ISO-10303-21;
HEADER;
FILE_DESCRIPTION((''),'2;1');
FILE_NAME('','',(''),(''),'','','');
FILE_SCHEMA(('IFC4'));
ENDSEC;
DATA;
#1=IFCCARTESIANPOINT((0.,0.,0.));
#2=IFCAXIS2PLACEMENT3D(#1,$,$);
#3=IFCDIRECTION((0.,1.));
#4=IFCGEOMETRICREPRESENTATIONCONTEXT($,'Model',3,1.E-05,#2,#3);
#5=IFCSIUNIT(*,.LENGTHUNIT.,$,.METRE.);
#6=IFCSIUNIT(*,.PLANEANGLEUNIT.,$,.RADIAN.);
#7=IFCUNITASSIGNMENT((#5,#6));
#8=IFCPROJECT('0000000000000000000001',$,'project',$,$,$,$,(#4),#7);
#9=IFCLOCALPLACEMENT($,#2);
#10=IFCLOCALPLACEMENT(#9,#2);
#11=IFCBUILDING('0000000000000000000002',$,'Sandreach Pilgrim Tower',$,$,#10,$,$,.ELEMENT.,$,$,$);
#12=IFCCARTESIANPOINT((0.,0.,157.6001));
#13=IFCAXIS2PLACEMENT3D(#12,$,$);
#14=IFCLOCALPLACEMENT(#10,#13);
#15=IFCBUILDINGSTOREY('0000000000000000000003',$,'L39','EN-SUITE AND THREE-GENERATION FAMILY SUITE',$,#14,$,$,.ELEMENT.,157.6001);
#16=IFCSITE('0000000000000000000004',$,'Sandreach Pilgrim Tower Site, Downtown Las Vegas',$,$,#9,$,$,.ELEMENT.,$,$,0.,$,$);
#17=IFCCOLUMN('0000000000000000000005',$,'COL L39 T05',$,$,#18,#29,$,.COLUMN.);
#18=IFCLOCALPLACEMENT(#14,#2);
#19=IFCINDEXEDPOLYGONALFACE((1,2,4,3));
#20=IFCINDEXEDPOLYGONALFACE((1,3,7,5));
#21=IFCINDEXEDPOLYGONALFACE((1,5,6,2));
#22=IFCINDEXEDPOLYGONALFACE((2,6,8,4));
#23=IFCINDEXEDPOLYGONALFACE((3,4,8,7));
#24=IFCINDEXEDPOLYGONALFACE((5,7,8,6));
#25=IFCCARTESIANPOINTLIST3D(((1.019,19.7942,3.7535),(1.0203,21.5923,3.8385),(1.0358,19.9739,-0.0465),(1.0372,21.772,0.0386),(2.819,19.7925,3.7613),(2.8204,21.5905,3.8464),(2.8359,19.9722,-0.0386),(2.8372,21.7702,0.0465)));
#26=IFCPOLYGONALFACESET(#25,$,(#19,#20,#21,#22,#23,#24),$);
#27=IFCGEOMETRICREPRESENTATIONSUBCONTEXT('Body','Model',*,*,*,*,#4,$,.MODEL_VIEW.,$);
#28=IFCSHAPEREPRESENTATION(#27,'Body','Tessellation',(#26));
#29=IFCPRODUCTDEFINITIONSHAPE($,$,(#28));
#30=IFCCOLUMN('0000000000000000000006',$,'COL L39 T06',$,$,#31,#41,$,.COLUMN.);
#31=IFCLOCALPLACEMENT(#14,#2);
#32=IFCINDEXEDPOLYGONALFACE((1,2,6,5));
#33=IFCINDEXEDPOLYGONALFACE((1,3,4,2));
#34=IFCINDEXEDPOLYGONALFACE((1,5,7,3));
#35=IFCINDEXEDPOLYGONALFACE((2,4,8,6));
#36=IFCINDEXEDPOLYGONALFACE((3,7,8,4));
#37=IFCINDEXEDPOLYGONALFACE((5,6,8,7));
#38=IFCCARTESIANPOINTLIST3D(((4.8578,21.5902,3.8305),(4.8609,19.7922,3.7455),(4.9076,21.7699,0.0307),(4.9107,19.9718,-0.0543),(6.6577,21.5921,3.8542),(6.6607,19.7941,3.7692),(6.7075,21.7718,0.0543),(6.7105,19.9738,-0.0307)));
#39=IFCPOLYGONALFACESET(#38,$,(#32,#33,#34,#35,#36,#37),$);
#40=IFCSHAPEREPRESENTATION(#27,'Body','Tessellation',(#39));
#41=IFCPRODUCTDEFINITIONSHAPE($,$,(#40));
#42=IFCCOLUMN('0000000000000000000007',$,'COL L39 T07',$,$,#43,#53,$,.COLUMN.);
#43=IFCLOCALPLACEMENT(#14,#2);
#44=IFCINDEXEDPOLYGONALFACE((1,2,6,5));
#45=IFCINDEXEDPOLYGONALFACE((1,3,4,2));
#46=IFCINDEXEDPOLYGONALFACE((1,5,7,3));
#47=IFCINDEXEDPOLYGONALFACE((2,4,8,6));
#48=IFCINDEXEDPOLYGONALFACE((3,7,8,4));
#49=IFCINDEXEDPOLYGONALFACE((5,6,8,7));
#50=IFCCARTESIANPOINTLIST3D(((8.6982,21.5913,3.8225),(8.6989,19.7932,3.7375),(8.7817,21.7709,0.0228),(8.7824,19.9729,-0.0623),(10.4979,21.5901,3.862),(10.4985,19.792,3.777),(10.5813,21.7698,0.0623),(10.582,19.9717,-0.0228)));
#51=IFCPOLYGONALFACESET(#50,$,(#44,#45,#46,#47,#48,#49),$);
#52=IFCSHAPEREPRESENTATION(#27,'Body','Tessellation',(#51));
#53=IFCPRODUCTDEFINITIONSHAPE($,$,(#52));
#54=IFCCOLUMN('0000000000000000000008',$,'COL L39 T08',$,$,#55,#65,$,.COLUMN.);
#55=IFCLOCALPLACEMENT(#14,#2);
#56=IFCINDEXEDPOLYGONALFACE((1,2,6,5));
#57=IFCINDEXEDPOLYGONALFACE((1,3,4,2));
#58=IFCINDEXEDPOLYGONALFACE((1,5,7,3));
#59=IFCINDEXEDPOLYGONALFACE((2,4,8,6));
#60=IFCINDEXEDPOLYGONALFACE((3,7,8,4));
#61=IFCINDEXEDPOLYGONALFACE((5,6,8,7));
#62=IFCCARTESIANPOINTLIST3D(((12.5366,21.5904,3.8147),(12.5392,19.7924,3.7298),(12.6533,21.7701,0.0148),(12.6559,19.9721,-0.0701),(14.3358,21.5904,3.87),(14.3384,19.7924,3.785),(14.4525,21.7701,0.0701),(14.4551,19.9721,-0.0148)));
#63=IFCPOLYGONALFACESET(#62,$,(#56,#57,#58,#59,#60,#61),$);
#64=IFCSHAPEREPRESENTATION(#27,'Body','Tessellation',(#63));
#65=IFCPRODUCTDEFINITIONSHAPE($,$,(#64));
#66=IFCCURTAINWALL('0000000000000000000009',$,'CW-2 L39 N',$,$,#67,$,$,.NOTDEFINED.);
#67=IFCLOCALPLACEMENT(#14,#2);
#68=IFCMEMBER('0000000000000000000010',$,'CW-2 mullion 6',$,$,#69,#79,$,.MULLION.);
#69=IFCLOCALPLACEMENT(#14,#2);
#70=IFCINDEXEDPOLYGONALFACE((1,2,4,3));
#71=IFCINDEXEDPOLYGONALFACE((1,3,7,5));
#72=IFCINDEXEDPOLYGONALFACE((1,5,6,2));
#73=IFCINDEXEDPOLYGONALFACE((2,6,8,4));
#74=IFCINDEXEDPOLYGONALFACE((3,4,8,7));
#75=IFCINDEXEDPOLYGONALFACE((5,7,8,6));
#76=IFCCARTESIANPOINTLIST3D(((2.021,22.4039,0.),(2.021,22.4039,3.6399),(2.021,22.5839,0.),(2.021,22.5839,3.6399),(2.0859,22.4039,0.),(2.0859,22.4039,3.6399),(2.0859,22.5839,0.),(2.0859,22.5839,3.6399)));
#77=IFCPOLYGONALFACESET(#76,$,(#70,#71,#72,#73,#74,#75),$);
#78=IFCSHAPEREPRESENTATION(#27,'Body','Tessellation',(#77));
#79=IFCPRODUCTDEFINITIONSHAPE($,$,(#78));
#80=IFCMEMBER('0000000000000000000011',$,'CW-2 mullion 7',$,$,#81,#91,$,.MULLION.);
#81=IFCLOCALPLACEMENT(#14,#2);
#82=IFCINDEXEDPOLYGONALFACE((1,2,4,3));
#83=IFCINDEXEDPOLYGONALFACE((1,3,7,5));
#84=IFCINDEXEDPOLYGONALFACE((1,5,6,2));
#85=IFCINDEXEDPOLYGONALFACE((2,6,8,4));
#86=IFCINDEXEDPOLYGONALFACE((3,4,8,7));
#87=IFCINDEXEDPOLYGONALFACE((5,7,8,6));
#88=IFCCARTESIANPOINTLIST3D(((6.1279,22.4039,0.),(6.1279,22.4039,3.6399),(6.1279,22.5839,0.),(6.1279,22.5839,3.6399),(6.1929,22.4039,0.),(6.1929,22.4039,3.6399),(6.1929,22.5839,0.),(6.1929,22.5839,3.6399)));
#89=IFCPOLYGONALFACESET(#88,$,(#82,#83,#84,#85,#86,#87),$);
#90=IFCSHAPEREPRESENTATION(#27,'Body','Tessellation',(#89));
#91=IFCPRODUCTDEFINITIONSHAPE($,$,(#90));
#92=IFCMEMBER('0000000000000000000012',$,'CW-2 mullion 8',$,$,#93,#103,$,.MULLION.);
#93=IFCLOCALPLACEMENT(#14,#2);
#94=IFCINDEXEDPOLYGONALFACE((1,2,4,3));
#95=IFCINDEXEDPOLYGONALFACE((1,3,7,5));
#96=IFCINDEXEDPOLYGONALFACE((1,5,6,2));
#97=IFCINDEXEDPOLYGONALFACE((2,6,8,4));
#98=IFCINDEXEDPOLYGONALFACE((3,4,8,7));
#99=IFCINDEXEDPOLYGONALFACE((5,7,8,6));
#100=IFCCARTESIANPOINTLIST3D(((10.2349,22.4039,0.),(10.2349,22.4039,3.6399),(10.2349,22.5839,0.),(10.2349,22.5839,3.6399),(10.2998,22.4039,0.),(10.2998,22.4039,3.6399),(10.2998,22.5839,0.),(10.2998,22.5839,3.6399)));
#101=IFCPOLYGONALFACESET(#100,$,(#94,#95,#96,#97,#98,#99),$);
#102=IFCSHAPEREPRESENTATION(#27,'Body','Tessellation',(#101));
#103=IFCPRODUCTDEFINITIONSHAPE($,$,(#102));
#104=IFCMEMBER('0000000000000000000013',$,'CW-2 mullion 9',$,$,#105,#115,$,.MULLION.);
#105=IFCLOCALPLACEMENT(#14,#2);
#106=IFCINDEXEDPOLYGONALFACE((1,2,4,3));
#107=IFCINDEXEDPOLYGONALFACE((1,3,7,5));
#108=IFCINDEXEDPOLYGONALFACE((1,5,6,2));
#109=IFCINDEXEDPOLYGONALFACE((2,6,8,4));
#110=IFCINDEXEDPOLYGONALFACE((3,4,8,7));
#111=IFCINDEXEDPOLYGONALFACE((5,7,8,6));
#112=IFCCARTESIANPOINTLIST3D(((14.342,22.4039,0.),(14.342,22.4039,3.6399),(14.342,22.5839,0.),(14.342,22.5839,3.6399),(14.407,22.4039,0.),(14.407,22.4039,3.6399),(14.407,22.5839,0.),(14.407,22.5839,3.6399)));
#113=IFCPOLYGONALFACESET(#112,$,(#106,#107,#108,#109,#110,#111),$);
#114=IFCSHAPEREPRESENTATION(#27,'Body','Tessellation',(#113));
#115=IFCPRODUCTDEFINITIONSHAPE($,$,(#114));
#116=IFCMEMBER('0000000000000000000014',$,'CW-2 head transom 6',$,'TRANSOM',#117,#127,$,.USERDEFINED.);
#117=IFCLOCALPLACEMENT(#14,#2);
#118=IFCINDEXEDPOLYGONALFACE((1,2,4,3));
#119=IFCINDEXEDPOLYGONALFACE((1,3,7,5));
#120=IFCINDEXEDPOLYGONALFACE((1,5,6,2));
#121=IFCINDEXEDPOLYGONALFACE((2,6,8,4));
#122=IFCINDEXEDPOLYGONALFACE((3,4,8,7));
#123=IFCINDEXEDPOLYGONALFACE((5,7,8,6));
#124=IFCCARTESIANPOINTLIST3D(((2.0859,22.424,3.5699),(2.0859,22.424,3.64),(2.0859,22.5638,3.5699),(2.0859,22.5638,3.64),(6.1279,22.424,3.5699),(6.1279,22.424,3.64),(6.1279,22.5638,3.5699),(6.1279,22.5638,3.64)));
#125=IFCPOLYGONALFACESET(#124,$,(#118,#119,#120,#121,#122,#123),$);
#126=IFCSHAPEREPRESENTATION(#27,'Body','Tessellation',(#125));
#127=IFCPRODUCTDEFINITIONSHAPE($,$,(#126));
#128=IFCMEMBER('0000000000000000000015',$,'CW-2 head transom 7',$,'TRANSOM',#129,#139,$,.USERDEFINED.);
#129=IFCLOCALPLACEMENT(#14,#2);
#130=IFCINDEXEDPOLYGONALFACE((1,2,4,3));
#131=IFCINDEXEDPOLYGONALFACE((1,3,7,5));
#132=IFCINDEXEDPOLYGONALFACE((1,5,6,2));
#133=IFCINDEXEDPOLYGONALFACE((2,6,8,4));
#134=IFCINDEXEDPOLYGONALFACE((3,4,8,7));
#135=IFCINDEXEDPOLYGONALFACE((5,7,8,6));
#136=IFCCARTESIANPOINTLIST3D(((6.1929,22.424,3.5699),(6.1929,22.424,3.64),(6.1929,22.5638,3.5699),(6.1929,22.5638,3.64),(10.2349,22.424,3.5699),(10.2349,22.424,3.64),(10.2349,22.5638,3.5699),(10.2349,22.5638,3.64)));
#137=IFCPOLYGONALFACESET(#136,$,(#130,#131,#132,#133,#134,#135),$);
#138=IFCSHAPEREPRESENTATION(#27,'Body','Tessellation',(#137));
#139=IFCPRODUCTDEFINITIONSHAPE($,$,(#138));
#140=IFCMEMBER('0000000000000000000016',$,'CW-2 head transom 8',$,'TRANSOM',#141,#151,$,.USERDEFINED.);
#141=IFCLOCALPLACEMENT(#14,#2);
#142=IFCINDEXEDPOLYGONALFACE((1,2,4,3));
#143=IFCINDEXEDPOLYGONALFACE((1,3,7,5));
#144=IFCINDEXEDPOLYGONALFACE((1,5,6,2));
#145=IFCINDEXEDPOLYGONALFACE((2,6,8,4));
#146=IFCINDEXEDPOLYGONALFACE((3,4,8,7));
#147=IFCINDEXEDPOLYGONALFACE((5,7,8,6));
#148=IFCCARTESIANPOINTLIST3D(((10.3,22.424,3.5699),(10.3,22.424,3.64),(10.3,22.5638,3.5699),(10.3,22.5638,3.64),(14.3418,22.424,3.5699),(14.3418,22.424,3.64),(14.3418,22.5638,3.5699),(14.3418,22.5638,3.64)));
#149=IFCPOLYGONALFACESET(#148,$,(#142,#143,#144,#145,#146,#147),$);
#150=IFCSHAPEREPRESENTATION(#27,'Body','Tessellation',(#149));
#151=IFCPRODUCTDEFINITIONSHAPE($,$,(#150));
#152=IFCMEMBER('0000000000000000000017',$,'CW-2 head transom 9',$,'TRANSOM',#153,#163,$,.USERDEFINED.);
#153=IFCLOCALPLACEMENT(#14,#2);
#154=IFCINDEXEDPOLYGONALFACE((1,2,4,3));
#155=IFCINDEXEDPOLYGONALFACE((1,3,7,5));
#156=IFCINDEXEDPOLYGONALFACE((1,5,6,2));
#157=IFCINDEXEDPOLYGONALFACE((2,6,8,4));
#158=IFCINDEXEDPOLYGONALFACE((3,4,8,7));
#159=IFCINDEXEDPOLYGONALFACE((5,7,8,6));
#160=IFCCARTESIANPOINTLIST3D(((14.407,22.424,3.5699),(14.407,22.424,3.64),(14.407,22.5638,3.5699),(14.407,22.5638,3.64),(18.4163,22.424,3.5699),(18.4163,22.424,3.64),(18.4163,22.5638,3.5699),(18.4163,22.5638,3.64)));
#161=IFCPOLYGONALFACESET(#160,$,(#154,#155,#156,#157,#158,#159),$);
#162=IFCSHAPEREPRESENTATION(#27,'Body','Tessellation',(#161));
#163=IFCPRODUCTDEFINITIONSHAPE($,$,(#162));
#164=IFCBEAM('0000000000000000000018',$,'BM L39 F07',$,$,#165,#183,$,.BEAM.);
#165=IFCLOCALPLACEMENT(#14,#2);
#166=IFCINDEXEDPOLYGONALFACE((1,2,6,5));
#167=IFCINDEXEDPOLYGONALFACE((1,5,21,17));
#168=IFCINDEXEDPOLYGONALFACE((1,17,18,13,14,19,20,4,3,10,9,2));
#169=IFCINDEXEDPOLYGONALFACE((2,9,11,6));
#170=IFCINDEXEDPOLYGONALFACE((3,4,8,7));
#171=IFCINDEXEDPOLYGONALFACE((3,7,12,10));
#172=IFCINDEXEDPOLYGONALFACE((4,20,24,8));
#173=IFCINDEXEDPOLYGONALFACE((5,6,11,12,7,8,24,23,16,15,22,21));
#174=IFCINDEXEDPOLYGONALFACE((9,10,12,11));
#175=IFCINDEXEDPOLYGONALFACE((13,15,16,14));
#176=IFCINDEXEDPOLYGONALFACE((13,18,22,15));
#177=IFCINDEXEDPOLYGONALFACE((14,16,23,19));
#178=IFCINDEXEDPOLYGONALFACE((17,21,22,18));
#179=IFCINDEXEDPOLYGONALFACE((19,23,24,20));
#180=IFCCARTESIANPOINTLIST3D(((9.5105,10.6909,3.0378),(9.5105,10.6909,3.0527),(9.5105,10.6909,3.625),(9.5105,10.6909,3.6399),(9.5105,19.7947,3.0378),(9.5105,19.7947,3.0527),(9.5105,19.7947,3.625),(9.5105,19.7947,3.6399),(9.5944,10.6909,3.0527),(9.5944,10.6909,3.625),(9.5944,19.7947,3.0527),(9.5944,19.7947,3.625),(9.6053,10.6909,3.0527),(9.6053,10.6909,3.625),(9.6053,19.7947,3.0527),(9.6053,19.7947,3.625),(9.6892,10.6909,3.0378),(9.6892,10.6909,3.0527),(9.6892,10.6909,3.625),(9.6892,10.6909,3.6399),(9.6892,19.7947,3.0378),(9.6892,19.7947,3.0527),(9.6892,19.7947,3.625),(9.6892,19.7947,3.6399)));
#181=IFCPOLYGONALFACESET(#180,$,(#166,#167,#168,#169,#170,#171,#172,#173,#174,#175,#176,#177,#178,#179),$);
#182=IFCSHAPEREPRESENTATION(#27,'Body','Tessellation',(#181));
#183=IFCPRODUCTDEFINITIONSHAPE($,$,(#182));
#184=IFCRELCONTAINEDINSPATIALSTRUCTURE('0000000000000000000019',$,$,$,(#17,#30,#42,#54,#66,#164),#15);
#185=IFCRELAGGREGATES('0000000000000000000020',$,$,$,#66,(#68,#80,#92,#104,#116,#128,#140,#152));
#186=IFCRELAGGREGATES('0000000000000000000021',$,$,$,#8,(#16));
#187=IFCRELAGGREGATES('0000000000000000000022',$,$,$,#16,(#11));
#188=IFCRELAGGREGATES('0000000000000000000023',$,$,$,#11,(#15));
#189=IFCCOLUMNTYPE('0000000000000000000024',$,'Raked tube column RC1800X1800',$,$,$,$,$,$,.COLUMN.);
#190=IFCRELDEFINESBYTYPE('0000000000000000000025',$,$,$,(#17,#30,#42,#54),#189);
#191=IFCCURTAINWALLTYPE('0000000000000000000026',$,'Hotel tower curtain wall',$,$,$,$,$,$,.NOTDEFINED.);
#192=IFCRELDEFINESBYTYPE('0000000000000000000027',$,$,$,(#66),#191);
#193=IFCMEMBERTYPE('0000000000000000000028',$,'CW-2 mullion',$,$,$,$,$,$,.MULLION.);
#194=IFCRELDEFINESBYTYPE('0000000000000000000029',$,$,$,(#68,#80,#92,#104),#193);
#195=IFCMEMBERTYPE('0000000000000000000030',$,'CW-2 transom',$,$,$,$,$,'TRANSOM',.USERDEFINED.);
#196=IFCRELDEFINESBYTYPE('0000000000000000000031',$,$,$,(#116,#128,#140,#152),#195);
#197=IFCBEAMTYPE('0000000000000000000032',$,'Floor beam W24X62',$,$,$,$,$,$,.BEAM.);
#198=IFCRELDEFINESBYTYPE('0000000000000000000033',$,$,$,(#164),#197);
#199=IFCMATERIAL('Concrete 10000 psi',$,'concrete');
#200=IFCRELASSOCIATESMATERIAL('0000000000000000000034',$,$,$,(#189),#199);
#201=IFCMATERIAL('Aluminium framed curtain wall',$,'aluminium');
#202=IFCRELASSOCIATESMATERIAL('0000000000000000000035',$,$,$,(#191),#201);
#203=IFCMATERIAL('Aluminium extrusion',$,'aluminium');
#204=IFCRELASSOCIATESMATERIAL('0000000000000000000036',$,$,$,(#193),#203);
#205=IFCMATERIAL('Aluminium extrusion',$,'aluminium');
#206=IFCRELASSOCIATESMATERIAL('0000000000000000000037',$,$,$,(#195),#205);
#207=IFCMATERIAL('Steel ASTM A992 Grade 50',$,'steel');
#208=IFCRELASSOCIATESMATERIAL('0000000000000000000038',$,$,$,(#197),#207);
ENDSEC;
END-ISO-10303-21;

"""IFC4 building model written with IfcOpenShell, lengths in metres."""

from ifc_helpers import new_model, si_unit, direction, frame, origin, origin_2d, place, context, subcontext, project, spatial, rectangle, i_section, extrude, material, material_profile, profile_set, type_object, element, aggregate, save


model = new_model("IFC4")

# Units and contexts
model_context = context("Model", 3, precision=1e-05, world=origin(), true_north=direction((0.0, 1.0)))
body_context = subcontext(model_context, "Body", "Model", "MODEL_VIEW")
ifc_project = project(units=[si_unit("LENGTHUNIT", "METRE"), si_unit("PLANEANGLEUNIT", "RADIAN")], contexts=[model_context])

# Site, building, storey
site_placement = place(None, origin())
site = spatial("IfcSite", under=ifc_project, at=site_placement, Name="Sandreach Pilgrim Tower Site, Downtown Las Vegas", CompositionType="ELEMENT", RefElevation=0.0)
building_placement = place(site_placement, origin())
building = spatial("IfcBuilding", under=site, at=building_placement, Name="Sandreach Pilgrim Tower", CompositionType="ELEMENT")
storey_placement = place(building_placement, frame((0.0, 0.0, 157.6001)))
storey = spatial("IfcBuildingStorey", under=building, at=storey_placement, Name="L39", Description="EN-SUITE AND THREE-GENERATION FAMILY SUITE", CompositionType="ELEMENT", Elevation=157.6001)

# Columns
ifc_material_1 = material(Name="Concrete 10000 psi", Category="concrete")
ifc_material_profile_1 = material_profile(ifc_material_1, rectangle(XDim=1.8, YDim=1.8, at=origin_2d()), Name="RC1800X1800")
ifc_profile_set_1 = profile_set([ifc_material_profile_1], Name="Concrete 10000 psi")
column_type = type_object("IfcColumnType", Name="Raked tube column RC1800X1800", PredefinedType="COLUMN", material=ifc_profile_set_1)
column_1_placement = place(storey_placement, frame((1.9365, 20.8721, 0.0), z_axis=(-0.004428, -0.047235, 0.998874), x_axis=(0.000758, 0.998883, 0.047239)))
element("IfcColumn", 1, at=column_1_placement, inside=storey, type_object=column_type, Name="COL L39 T05", PredefinedType="COLUMN", context=body_context, shape_type="SweptSolid", body=[
    extrude(rectangle(XDim=1.8, YDim=1.8, at=origin_2d()), origin(), (0.0, 0.0, 1.0), 3.8042),
])
column_2_placement = place(storey_placement, frame((5.8091, 20.8718, 0.0), z_axis=(-0.013091, -0.047232, 0.998798), x_axis=(-0.001691, 0.998883, 0.047214)))
element("IfcColumn", 2, at=column_2_placement, inside=storey, type_object=column_type, Name="COL L39 T06", PredefinedType="COLUMN", context=body_context, shape_type="SweptSolid", body=[
    extrude(rectangle(XDim=1.8, YDim=1.8, at=origin_2d()), origin(), (0.0, 0.0, 1.0), 3.8044),
])
column_3_placement = place(storey_placement, frame((9.6819, 20.8713, 0.0), z_axis=(-0.021944, -0.047224, 0.998643), x_axis=(-0.000382, 0.998884, 0.047227)))
element("IfcColumn", 3, at=column_3_placement, inside=storey, type_object=column_type, Name="COL L39 T07", PredefinedType="COLUMN", context=body_context, shape_type="SweptSolid", body=[
    extrude(rectangle(XDim=1.8, YDim=1.8, at=origin_2d()), origin(), (0.0, 0.0, 1.0), 3.8049),
])
column_4_placement = place(storey_placement, frame((13.5542, 20.8711, 0.0), z_axis=(-0.030663, -0.047214, 0.998414), x_axis=(-0.00143, 0.998885, 0.047192)))
element("IfcColumn", 4, at=column_4_placement, inside=storey, type_object=column_type, Name="COL L39 T08", PredefinedType="COLUMN", context=body_context, shape_type="SweptSolid", body=[
    extrude(rectangle(XDim=1.8, YDim=1.8, at=origin_2d()), origin(), (0.0, 0.0, 1.0), 3.8059),
])

# Curtain wall, members
ifc_material_2 = material(Name="Aluminium framed curtain wall", Category="aluminium")
curtain_wall_type = type_object("IfcCurtainWallType", Name="Hotel tower curtain wall", PredefinedType="NOTDEFINED", material=ifc_material_2)
curtain_wall_placement = place(storey_placement, origin())
curtain_wall = element("IfcCurtainWall", 5, at=curtain_wall_placement, inside=storey, type_object=curtain_wall_type, Name="CW-2 L39 N", PredefinedType="NOTDEFINED")
ifc_material_3 = material(Name="Aluminium extrusion", Category="aluminium")
ifc_material_profile_2 = material_profile(ifc_material_3, rectangle(XDim=0.0649, YDim=0.1799, at=origin_2d()), Name="CW-2M 65X180")
ifc_profile_set_2 = profile_set([ifc_material_profile_2], Name="Aluminium extrusion")
member_type_1 = type_object("IfcMemberType", Name="CW-2 mullion", PredefinedType="MULLION", material=ifc_profile_set_2)
member_1_placement = place(storey_placement, frame((2.0535, 22.4939, 0.0), z_axis=(0.0, 0.0, 1.0), x_axis=(1.0, 0.0, 0.0)))
member_1 = element("IfcMember", 6, at=member_1_placement, type_object=member_type_1, Name="CW-2 mullion 6", PredefinedType="MULLION", context=body_context, shape_type="SweptSolid", body=[
    extrude(rectangle(XDim=0.0649, YDim=0.1799, at=origin_2d()), origin(), (0.0, 0.0, 1.0), 3.6399),
])
member_2_placement = place(storey_placement, frame((6.1604, 22.4939, 0.0), z_axis=(0.0, 0.0, 1.0), x_axis=(1.0, 0.0, 0.0)))
member_2 = element("IfcMember", 7, at=member_2_placement, type_object=member_type_1, Name="CW-2 mullion 7", PredefinedType="MULLION", context=body_context, shape_type="SweptSolid", body=[
    extrude(rectangle(XDim=0.0649, YDim=0.1799, at=origin_2d()), origin(), (0.0, 0.0, 1.0), 3.6399),
])
member_3_placement = place(storey_placement, frame((10.2673, 22.4939, 0.0), z_axis=(0.0, 0.0, 1.0), x_axis=(1.0, 0.0, 0.0)))
member_3 = element("IfcMember", 8, at=member_3_placement, type_object=member_type_1, Name="CW-2 mullion 8", PredefinedType="MULLION", context=body_context, shape_type="SweptSolid", body=[
    extrude(rectangle(XDim=0.0649, YDim=0.1799, at=origin_2d()), origin(), (0.0, 0.0, 1.0), 3.6399),
])
member_4_placement = place(storey_placement, frame((14.3745, 22.4939, 0.0), z_axis=(0.0, 0.0, 1.0), x_axis=(1.0, 0.0, 0.0)))
member_4 = element("IfcMember", 9, at=member_4_placement, type_object=member_type_1, Name="CW-2 mullion 9", PredefinedType="MULLION", context=body_context, shape_type="SweptSolid", body=[
    extrude(rectangle(XDim=0.0649, YDim=0.1799, at=origin_2d()), origin(), (0.0, 0.0, 1.0), 3.6399),
])
ifc_material_4 = material(Name="Aluminium extrusion", Category="aluminium")
ifc_material_profile_3 = material_profile(ifc_material_4, rectangle(XDim=0.1399, YDim=0.0701, at=origin_2d()), Name="CW-2T 140X70")
ifc_profile_set_3 = profile_set([ifc_material_profile_3], Name="Aluminium extrusion")
member_type_2 = type_object("IfcMemberType", Name="CW-2 transom", ElementType="TRANSOM", PredefinedType="USERDEFINED", material=ifc_profile_set_3)
member_5_placement = place(storey_placement, frame((2.0859, 22.4939, 3.605), z_axis=(1.0, 0.0, 0.0), x_axis=(0.0, 1.0, 0.0)))
member_5 = element("IfcMember", 10, at=member_5_placement, type_object=member_type_2, Name="CW-2 head transom 6", ObjectType="TRANSOM", PredefinedType="USERDEFINED", context=body_context, shape_type="SweptSolid", body=[
    extrude(rectangle(XDim=0.1399, YDim=0.0701, at=origin_2d()), origin(), (0.0, 0.0, 1.0), 4.042),
])
member_6_placement = place(storey_placement, frame((6.1929, 22.4939, 3.605), z_axis=(1.0, 0.0, 0.0), x_axis=(0.0, 1.0, 0.0)))
member_6 = element("IfcMember", 11, at=member_6_placement, type_object=member_type_2, Name="CW-2 head transom 7", ObjectType="TRANSOM", PredefinedType="USERDEFINED", context=body_context, shape_type="SweptSolid", body=[
    extrude(rectangle(XDim=0.1399, YDim=0.0701, at=origin_2d()), origin(), (0.0, 0.0, 1.0), 4.042),
])
member_7_placement = place(storey_placement, frame((10.3, 22.4939, 3.605), z_axis=(1.0, 0.0, 0.0), x_axis=(0.0, 1.0, 0.0)))
member_7 = element("IfcMember", 12, at=member_7_placement, type_object=member_type_2, Name="CW-2 head transom 8", ObjectType="TRANSOM", PredefinedType="USERDEFINED", context=body_context, shape_type="SweptSolid", body=[
    extrude(rectangle(XDim=0.1399, YDim=0.0701, at=origin_2d()), origin(), (0.0, 0.0, 1.0), 4.0417),
])
member_8_placement = place(storey_placement, frame((14.407, 22.4939, 3.605), z_axis=(1.0, 0.0, 0.0), x_axis=(0.0, 1.0, 0.0)))
member_8 = element("IfcMember", 13, at=member_8_placement, type_object=member_type_2, Name="CW-2 head transom 9", ObjectType="TRANSOM", PredefinedType="USERDEFINED", context=body_context, shape_type="SweptSolid", body=[
    extrude(rectangle(XDim=0.1399, YDim=0.0701, at=origin_2d()), origin(), (0.0, 0.0, 1.0), 4.0093),
])

# Beam
ifc_material_5 = material(Name="Steel ASTM A992 Grade 50", Category="steel")
ifc_material_profile_4 = material_profile(ifc_material_5, i_section(OverallWidth=0.1787, OverallDepth=0.6021, WebThickness=0.011, FlangeThickness=0.0149, at=origin_2d()), Name="W24X62")
ifc_profile_set_4 = profile_set([ifc_material_profile_4], Name="Steel ASTM A992 Grade 50")
beam_type_1 = type_object("IfcBeamType", Name="Floor beam W24X62", PredefinedType="BEAM", material=ifc_profile_set_4)
beam_1_placement = place(storey_placement, frame((9.5999, 19.7947, 3.3389), z_axis=(0.0, -1.0, 0.0), x_axis=(1.0, 0.0, 0.0)))
element("IfcBeam", 14, at=beam_1_placement, inside=storey, type_object=beam_type_1, Name="BM L39 F07", PredefinedType="BEAM", context=body_context, shape_type="SweptSolid", body=[
    extrude(i_section(OverallWidth=0.1787, OverallDepth=0.6021, WebThickness=0.011, FlangeThickness=0.0149, at=origin_2d()), origin(), (0.0, 0.0, 1.0), 9.1038),
])

aggregate(curtain_wall, [member_1, member_2, member_3, member_4, member_5, member_6, member_7, member_8])

save(model, "model.ifc")
